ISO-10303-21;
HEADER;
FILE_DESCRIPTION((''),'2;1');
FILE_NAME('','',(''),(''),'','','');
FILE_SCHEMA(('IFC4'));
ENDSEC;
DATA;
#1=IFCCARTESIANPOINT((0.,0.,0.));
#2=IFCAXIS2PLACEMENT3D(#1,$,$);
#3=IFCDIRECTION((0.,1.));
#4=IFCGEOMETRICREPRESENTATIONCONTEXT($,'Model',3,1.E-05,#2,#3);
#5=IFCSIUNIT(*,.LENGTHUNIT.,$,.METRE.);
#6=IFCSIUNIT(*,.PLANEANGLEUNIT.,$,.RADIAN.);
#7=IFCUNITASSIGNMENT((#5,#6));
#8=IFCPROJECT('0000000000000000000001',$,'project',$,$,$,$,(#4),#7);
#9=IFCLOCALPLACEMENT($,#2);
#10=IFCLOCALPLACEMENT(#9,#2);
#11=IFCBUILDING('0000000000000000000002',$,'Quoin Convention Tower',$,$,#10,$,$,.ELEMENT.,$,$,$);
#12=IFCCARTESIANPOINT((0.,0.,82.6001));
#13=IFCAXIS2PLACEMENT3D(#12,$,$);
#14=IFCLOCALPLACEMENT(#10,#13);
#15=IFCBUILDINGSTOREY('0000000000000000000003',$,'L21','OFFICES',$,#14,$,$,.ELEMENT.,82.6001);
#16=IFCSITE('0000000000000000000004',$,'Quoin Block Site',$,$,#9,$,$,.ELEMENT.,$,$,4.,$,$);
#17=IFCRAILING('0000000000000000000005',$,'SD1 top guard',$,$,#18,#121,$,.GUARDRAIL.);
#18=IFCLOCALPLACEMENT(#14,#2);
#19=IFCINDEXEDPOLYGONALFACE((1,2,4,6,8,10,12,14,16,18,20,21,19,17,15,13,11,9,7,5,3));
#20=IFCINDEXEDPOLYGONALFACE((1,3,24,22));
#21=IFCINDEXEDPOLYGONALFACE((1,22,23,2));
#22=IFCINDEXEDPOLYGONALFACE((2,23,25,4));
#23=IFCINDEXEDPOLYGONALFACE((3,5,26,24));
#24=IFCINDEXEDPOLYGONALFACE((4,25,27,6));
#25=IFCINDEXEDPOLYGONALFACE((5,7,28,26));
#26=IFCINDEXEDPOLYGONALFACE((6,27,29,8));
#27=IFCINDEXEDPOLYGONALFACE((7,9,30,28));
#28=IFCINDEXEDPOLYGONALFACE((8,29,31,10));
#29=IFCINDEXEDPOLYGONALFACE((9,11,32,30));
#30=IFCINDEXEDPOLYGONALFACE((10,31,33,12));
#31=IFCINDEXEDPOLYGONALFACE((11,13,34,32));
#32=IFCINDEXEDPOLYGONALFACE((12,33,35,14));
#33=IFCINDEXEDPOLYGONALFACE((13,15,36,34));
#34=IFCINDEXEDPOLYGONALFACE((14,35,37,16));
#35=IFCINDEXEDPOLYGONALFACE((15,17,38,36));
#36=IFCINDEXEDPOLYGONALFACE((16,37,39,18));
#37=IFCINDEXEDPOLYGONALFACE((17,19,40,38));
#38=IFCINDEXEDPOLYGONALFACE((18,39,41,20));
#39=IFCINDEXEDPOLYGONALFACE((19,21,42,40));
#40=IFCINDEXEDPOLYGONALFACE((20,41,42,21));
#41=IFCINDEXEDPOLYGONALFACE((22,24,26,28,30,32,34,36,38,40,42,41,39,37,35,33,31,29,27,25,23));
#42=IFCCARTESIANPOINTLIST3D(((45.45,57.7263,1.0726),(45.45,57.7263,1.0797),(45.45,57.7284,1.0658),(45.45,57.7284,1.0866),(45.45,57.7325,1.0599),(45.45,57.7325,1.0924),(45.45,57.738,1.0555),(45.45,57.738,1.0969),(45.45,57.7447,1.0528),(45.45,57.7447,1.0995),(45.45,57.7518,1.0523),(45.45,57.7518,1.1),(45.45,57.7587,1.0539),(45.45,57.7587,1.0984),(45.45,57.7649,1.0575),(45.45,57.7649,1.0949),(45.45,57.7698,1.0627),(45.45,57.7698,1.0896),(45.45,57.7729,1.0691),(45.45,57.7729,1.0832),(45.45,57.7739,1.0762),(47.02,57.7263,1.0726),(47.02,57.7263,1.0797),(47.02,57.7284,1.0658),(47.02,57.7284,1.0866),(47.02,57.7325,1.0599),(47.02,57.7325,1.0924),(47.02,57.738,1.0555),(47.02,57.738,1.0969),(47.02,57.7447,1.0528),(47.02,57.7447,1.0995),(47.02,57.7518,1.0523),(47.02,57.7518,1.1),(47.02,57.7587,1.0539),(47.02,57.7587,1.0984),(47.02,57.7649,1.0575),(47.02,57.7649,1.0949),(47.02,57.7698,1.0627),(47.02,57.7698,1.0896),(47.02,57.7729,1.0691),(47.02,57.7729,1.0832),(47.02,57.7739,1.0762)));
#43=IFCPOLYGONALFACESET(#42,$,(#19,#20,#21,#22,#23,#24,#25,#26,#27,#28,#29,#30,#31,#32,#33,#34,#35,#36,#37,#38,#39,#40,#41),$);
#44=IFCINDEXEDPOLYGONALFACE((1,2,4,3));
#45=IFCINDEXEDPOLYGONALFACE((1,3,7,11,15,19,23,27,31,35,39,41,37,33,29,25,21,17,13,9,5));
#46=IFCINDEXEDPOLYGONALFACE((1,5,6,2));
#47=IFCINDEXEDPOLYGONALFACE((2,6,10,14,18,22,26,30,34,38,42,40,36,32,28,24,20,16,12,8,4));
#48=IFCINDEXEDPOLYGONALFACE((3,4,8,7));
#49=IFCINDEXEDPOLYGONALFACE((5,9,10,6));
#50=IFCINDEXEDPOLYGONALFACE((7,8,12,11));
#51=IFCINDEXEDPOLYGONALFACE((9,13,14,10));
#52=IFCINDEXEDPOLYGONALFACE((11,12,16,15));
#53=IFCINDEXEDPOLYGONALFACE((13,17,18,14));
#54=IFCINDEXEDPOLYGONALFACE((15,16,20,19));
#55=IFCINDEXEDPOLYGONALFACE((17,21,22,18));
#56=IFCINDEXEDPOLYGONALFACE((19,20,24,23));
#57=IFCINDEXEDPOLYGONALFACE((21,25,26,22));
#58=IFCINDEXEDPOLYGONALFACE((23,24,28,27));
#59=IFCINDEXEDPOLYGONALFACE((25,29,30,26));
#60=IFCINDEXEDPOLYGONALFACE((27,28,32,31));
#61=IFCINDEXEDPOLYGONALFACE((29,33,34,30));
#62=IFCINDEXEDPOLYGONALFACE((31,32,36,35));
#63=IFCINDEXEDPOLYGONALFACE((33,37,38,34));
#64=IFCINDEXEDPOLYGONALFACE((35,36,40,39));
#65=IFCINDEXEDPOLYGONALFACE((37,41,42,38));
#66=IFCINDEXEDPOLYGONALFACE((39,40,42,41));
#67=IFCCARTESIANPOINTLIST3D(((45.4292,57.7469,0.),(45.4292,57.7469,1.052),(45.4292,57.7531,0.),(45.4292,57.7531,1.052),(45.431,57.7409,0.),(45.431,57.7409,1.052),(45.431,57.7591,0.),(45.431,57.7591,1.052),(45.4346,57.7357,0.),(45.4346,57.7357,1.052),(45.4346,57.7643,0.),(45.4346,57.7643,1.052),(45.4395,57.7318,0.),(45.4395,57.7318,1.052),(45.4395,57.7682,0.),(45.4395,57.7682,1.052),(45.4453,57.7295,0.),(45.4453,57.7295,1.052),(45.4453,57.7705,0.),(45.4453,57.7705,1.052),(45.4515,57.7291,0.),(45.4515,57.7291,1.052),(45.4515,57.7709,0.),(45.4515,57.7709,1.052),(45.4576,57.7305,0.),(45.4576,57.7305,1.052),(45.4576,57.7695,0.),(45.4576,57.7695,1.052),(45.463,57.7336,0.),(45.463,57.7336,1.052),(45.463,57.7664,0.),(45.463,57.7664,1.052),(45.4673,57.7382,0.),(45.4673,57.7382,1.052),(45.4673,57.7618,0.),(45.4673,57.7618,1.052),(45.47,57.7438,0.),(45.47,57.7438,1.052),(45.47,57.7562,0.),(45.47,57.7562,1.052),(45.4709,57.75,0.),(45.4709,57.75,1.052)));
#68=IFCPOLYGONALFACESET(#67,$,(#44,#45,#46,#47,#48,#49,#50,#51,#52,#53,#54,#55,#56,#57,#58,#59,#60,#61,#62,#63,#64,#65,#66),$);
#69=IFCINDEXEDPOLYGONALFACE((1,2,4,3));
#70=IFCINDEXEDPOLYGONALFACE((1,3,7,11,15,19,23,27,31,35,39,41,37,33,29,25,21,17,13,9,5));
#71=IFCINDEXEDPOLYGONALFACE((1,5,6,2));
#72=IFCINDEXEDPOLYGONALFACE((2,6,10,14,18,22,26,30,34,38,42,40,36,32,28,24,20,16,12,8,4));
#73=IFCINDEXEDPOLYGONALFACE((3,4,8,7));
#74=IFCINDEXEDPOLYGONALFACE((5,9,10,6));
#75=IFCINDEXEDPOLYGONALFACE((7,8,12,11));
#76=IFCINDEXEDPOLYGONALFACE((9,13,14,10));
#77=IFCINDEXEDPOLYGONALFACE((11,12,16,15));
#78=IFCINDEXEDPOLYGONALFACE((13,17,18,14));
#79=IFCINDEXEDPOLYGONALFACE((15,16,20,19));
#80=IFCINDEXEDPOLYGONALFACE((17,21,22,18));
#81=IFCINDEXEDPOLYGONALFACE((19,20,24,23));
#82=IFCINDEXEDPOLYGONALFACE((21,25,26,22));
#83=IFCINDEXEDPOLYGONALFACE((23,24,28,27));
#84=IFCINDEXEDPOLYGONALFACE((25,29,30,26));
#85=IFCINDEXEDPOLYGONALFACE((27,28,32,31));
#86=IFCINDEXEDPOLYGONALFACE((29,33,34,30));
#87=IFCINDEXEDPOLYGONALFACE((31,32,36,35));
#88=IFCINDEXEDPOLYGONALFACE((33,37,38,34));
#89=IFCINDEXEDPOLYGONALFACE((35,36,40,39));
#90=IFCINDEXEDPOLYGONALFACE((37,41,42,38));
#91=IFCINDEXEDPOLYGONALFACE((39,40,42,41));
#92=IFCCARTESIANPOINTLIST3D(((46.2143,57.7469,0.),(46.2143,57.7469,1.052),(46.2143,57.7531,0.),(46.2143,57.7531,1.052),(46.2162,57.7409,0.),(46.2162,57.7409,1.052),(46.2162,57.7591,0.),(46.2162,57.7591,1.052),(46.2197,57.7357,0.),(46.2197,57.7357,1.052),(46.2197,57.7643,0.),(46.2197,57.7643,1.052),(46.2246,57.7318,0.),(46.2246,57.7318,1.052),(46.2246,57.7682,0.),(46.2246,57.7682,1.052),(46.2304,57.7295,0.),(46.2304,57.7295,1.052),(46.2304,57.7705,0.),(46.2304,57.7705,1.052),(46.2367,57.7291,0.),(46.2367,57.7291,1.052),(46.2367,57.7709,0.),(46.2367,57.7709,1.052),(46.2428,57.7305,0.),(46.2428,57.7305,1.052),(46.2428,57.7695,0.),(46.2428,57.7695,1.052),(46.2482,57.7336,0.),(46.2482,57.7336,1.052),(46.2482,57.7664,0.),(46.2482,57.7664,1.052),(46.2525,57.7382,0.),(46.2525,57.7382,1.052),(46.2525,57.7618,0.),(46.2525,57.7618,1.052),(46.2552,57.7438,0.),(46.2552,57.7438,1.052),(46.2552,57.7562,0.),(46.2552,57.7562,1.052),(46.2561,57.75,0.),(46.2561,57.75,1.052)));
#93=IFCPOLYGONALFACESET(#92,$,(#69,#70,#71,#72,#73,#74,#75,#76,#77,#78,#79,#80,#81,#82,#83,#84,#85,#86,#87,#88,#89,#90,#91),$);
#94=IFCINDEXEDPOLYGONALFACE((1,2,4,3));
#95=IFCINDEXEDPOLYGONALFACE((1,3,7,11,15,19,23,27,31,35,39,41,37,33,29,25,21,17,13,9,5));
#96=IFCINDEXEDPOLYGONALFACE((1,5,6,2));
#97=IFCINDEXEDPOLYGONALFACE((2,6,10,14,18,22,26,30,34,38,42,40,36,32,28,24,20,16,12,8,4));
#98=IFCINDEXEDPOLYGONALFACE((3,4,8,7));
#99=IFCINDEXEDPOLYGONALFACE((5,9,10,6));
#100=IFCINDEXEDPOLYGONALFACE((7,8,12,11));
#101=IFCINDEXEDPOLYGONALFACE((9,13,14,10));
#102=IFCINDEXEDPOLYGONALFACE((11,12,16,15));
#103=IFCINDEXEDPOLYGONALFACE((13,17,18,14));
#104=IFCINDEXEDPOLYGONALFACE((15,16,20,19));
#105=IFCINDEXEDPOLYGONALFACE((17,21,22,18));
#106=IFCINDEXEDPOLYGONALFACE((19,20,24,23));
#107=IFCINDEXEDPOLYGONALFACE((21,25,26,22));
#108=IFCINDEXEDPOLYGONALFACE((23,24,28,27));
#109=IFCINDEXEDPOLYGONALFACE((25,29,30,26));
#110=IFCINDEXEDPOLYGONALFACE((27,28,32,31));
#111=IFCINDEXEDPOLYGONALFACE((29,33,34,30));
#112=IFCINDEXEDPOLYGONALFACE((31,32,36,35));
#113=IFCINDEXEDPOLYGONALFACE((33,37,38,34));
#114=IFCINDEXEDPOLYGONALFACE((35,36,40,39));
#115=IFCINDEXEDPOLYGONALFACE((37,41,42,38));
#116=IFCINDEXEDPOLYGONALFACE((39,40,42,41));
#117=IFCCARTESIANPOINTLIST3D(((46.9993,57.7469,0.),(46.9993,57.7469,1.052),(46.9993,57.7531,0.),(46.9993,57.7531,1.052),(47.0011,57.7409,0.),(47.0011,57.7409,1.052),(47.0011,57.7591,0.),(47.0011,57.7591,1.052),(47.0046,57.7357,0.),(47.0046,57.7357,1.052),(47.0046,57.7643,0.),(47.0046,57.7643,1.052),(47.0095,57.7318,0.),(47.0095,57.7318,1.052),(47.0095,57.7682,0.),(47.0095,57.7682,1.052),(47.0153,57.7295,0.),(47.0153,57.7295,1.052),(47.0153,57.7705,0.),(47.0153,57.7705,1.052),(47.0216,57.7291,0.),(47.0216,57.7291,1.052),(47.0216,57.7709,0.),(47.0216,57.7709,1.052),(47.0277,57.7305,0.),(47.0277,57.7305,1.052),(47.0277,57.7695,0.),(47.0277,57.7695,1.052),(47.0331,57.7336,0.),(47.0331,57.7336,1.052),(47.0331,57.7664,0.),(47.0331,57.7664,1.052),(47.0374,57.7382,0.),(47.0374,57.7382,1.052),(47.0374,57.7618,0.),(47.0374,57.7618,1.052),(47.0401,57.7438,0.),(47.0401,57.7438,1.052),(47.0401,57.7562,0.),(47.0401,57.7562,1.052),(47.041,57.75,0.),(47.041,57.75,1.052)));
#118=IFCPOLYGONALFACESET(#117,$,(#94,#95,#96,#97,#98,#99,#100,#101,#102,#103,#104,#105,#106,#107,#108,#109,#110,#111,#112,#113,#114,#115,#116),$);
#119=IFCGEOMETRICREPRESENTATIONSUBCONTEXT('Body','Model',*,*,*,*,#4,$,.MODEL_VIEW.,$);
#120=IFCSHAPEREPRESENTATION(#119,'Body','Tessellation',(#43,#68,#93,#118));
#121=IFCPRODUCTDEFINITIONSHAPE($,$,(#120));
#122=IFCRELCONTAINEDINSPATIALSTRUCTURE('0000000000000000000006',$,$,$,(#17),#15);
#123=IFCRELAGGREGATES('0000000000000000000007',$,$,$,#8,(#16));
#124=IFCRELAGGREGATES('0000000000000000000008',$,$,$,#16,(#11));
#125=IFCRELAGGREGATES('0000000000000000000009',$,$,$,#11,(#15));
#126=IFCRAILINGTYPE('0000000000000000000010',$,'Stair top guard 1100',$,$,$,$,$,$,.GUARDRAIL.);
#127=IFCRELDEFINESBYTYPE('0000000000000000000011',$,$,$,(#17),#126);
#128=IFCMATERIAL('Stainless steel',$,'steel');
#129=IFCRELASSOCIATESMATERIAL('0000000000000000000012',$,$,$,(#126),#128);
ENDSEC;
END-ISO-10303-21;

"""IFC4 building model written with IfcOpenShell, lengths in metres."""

from ifc_helpers import new_model, si_unit, direction, frame, origin, origin_2d, place, context, subcontext, project, spatial, circle, extrude, material, type_object, element, save


model = new_model("IFC4")

# Units and contexts
model_context = context("Model", 3, precision=1e-05, world=origin(), true_north=direction((0.0, 1.0)))
body_context = subcontext(model_context, "Body", "Model", "MODEL_VIEW")
ifc_project = project(units=[si_unit("LENGTHUNIT", "METRE"), si_unit("PLANEANGLEUNIT", "RADIAN")], contexts=[model_context])

# Site, building, storey
site_placement = place(None, origin())
site = spatial("IfcSite", under=ifc_project, at=site_placement, Name="Quoin Block Site", CompositionType="ELEMENT", RefElevation=4.0)
building_placement = place(site_placement, origin())
building = spatial("IfcBuilding", under=site, at=building_placement, Name="Quoin Convention Tower", CompositionType="ELEMENT")
storey_placement = place(building_placement, frame((0.0, 0.0, 82.6001)))
storey = spatial("IfcBuildingStorey", under=building, at=storey_placement, Name="L21", Description="OFFICES", CompositionType="ELEMENT", Elevation=82.6001)

# Railing
ifc_material_1 = material(Name="Stainless steel", Category="steel")
railing_type = type_object("IfcRailingType", Name="Stair top guard 1100", PredefinedType="GUARDRAIL", material=ifc_material_1)
railing_placement = place(storey_placement, frame((45.45, 57.75, 0.0)))
element("IfcRailing", 1, at=railing_placement, inside=storey, type_object=railing_type, Name="SD1 top guard", PredefinedType="GUARDRAIL", context=body_context, shape_type="SweptSolid", body=[
    extrude(circle(Radius=0.0239, at=origin_2d()), frame((0.0, 0.0, 1.0762), z_axis=(1.0, 0.0, 0.0), x_axis=(0.0, 1.0, 0.0)), (0.0, 0.0, 1.0), 1.5701),
    extrude(circle(Radius=0.021, at=origin_2d()), origin(), (0.0, 0.0, 1.0), 1.052),
    extrude(circle(Radius=0.021, at=origin_2d()), frame((0.7852, 0.0, 0.0)), (0.0, 0.0, 1.0), 1.052),
    extrude(circle(Radius=0.021, at=origin_2d()), frame((1.5701, 0.0, 0.0)), (0.0, 0.0, 1.0), 1.052),
])

save(model, "model.ifc")
